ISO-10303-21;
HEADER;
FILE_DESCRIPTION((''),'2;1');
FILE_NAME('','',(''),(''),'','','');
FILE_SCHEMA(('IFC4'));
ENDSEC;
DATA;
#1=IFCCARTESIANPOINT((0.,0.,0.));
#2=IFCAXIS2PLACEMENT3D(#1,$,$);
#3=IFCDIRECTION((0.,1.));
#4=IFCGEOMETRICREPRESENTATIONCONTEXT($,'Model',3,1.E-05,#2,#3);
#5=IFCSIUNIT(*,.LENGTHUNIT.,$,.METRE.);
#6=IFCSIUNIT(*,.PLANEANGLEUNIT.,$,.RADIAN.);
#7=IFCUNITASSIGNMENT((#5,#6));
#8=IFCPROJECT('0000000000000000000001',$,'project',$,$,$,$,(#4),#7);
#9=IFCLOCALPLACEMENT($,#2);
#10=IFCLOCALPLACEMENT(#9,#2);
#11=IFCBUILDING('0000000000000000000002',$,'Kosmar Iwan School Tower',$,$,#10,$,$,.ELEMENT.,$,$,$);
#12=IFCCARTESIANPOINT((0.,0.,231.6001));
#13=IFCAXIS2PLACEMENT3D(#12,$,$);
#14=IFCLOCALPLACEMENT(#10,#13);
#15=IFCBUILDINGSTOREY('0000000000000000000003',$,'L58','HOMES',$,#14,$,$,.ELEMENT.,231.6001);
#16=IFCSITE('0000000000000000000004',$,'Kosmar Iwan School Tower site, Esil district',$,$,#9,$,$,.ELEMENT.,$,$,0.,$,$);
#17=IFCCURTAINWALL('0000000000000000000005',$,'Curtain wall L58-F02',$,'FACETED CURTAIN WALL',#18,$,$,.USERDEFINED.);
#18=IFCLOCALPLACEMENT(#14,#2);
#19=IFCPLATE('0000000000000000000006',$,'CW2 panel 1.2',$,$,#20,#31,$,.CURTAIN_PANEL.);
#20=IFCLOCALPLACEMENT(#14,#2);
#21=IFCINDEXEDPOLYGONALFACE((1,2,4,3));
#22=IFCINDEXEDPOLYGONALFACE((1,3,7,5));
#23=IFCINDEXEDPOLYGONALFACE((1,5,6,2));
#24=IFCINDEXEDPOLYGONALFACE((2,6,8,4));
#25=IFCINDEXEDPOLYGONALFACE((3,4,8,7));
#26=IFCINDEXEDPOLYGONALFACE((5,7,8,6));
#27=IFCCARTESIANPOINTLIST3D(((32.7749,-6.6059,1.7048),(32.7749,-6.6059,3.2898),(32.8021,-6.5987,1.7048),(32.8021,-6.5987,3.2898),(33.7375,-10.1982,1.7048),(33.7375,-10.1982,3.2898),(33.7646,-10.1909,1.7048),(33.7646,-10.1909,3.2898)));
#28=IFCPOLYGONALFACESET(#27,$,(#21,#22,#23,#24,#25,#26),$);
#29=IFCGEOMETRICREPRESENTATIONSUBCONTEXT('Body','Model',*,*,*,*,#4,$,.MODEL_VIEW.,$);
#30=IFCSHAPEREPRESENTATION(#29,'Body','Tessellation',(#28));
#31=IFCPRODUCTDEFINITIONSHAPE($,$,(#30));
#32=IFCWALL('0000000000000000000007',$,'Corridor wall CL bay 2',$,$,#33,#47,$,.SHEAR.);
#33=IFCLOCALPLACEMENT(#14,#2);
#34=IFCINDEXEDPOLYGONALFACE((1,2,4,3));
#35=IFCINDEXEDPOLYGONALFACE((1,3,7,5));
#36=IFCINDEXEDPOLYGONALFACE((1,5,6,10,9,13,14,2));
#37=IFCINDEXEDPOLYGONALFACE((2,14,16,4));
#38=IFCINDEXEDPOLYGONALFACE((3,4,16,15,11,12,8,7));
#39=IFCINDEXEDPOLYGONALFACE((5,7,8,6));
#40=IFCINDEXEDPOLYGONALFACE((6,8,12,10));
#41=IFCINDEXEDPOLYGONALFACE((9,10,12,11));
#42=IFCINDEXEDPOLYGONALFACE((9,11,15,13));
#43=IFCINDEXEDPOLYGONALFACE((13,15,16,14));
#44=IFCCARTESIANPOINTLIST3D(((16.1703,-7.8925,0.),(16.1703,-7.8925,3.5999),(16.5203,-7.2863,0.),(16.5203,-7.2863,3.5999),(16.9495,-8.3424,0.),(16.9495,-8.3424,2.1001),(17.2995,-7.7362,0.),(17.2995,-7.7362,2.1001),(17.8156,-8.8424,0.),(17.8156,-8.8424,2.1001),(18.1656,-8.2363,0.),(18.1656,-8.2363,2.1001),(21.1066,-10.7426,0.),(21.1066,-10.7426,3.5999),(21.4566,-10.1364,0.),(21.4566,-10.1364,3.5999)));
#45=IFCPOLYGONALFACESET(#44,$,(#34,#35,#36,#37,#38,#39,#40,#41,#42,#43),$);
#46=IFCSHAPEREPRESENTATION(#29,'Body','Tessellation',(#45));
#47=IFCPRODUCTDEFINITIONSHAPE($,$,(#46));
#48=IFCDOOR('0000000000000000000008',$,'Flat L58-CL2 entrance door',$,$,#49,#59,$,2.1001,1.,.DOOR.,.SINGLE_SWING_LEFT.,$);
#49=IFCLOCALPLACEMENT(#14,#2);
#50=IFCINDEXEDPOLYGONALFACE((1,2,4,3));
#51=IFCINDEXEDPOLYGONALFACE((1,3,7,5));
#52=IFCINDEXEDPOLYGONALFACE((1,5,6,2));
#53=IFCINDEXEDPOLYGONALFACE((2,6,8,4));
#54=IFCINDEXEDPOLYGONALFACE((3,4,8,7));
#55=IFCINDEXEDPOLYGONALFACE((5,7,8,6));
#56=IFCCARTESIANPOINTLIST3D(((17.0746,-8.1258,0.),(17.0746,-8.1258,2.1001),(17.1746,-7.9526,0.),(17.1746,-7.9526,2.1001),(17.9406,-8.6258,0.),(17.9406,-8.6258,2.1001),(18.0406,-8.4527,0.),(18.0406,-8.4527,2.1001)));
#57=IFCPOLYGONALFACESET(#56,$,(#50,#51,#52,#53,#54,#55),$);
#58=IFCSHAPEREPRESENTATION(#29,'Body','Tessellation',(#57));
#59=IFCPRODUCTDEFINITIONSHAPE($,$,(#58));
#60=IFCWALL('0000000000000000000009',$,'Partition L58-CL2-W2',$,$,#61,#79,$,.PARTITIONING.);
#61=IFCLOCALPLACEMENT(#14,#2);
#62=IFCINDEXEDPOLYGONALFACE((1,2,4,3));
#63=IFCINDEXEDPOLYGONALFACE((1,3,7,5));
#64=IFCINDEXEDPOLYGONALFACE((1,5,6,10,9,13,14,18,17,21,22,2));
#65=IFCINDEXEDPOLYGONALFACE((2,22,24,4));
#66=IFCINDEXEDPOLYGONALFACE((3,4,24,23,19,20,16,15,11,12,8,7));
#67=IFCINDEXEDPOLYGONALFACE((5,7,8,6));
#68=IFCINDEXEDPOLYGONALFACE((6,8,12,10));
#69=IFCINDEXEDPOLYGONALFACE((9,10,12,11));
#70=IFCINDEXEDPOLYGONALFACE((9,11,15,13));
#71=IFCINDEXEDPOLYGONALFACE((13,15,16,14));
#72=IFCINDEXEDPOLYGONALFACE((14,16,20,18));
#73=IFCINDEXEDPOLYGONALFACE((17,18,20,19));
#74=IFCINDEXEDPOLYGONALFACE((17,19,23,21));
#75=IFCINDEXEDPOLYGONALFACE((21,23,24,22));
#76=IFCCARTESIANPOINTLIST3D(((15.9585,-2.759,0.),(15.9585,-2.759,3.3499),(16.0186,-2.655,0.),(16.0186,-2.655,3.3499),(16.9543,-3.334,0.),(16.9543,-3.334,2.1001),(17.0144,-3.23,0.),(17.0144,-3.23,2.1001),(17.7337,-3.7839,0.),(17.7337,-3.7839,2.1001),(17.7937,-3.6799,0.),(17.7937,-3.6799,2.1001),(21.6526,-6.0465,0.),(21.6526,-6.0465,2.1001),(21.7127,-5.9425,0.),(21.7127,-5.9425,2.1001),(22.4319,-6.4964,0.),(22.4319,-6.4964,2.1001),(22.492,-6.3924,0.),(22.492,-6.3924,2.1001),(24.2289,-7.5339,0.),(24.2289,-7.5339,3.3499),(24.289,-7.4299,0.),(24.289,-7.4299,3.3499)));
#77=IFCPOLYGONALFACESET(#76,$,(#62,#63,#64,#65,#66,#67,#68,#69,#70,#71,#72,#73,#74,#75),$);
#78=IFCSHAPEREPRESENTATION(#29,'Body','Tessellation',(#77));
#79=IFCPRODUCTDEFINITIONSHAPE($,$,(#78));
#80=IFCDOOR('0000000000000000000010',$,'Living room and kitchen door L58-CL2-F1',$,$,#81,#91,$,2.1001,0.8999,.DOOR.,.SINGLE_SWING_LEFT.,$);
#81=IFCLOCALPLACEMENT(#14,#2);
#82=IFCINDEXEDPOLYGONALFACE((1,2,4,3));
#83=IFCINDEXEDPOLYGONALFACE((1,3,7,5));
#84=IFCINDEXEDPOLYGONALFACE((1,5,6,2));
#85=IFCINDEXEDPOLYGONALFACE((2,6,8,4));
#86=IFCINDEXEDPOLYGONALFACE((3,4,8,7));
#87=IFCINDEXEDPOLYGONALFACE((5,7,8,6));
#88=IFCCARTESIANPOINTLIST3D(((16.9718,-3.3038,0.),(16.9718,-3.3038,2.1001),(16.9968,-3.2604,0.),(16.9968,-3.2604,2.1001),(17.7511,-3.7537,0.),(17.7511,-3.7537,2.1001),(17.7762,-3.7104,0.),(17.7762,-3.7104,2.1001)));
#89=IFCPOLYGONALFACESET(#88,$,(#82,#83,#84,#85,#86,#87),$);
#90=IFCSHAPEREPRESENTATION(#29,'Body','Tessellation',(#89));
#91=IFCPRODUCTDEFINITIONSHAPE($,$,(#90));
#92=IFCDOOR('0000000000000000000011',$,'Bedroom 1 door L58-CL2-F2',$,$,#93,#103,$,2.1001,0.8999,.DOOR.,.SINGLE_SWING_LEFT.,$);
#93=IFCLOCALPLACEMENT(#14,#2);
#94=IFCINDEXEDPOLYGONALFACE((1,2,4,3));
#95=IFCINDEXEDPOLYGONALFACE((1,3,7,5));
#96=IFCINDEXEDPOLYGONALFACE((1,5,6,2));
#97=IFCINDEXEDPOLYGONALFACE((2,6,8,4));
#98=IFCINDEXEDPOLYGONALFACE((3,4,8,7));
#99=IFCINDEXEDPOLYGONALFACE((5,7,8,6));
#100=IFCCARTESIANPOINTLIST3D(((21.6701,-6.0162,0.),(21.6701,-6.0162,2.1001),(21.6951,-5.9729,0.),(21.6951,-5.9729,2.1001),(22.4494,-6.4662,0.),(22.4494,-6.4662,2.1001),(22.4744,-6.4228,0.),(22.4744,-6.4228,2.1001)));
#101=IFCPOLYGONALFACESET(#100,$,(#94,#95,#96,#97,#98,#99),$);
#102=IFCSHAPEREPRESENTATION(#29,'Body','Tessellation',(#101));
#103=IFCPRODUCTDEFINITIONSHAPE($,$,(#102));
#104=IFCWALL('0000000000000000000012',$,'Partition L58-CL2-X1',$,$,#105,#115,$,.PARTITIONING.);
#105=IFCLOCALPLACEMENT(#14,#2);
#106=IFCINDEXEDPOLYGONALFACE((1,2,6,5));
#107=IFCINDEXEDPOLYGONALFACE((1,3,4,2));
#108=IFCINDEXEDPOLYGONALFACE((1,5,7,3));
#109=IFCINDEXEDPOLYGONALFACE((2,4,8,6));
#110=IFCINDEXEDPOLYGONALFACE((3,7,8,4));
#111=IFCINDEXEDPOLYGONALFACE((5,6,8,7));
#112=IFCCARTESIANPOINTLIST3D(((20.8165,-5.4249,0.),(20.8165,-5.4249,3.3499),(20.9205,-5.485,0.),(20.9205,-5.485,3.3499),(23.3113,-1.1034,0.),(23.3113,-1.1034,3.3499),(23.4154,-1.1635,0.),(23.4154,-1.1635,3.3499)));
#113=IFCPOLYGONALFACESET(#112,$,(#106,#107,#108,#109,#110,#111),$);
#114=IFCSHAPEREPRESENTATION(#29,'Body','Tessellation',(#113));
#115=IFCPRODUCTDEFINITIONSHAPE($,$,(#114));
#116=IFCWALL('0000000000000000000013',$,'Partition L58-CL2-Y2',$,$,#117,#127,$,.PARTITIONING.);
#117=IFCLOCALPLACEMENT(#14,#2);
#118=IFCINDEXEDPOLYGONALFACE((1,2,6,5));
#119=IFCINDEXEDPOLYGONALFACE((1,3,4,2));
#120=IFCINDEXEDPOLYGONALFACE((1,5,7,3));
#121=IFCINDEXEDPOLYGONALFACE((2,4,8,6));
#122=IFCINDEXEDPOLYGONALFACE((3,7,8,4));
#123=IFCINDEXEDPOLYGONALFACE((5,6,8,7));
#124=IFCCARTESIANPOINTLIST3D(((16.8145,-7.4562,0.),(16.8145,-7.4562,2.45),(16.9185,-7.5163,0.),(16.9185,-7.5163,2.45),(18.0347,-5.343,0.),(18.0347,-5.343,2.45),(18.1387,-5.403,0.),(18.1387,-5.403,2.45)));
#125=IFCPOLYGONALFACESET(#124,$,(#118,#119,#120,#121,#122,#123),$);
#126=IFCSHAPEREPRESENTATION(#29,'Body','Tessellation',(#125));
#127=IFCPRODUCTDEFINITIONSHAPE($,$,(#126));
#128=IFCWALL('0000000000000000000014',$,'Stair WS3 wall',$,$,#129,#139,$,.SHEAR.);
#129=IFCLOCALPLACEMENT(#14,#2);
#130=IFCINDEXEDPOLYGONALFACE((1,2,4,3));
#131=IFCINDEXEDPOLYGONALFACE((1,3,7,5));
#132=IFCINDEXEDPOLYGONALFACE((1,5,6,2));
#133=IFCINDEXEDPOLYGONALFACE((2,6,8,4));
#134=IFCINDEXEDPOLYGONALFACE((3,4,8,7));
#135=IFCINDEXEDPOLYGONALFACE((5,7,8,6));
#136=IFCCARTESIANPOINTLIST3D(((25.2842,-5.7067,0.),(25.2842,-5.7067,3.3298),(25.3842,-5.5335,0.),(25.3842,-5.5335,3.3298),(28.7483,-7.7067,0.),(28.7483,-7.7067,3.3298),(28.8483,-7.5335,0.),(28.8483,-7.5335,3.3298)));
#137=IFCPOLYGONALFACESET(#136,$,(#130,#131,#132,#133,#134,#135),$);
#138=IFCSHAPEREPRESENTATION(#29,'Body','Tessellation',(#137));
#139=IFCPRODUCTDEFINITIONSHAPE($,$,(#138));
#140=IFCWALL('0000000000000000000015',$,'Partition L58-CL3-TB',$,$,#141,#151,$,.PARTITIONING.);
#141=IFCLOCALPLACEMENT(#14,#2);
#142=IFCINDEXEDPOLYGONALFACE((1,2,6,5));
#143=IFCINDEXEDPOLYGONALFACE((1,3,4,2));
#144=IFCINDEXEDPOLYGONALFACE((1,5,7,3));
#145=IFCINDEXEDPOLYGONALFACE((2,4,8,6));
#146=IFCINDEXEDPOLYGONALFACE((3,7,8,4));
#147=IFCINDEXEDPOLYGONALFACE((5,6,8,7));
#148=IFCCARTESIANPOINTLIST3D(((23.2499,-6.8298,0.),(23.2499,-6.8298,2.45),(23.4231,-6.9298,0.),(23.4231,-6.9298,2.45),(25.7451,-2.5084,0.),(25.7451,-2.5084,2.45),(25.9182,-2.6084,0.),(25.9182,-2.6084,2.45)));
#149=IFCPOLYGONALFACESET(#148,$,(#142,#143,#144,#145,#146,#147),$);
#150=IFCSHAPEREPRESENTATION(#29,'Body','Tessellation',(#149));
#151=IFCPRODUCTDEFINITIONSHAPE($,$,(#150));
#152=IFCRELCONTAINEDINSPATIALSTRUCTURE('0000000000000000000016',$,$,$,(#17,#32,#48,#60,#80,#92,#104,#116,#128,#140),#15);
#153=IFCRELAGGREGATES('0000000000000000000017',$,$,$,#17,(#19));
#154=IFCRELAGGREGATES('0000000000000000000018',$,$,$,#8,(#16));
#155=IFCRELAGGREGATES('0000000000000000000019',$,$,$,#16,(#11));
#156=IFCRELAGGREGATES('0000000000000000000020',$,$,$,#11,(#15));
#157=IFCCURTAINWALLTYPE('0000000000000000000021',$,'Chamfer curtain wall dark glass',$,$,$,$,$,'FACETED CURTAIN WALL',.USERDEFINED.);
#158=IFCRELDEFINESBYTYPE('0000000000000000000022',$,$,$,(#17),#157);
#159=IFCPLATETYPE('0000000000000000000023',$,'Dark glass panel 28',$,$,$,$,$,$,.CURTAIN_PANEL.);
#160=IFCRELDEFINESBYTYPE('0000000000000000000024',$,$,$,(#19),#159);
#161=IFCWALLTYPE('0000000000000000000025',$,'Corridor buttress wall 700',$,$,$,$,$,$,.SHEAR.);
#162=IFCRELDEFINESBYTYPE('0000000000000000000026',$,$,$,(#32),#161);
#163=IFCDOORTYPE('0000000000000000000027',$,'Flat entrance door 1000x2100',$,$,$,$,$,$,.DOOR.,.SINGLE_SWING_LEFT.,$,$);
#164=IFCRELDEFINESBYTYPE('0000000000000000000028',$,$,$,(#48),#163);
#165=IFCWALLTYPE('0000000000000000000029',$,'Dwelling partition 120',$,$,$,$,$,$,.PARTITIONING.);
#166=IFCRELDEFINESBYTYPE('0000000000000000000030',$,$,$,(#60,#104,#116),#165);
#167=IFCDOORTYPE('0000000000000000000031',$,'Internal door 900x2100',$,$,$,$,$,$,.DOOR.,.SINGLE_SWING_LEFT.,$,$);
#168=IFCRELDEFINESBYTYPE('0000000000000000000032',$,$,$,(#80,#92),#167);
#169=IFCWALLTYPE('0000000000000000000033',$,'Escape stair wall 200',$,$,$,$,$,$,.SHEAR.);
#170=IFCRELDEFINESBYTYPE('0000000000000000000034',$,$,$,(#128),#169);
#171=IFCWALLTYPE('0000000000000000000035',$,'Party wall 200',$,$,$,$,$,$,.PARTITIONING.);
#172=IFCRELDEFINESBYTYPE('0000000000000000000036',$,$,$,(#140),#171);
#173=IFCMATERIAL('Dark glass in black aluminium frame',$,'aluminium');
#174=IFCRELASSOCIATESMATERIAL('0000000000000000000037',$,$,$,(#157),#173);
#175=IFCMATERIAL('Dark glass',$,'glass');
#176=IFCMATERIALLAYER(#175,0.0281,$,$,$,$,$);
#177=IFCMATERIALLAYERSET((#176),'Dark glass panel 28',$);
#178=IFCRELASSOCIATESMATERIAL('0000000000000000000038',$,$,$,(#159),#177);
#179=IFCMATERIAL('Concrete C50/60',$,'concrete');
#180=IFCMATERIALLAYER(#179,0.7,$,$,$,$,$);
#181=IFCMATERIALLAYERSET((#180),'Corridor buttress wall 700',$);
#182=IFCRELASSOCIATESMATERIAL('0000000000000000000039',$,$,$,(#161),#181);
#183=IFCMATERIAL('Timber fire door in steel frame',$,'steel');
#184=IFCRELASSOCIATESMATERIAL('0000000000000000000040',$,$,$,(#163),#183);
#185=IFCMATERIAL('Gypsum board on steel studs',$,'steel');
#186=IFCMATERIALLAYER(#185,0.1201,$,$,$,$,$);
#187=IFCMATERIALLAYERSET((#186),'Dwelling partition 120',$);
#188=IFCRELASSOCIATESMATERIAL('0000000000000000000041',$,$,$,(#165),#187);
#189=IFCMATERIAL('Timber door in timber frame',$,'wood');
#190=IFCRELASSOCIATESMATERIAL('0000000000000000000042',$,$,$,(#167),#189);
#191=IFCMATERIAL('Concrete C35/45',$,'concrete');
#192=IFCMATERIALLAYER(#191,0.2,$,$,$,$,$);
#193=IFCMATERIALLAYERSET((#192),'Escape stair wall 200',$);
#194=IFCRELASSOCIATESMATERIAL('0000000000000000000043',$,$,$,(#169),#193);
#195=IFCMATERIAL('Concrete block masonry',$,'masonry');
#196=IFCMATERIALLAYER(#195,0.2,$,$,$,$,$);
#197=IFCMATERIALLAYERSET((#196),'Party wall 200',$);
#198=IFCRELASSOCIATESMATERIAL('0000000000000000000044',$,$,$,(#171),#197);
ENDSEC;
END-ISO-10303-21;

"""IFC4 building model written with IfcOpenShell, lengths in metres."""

from ifc_helpers import new_model, si_unit, direction, frame, frame_2d, origin, origin_2d, place, context, subcontext, project, spatial, rectangle, extrude, material, layer, layer_set, type_object, element, fill, aggregate, save


model = new_model("IFC4")

# Units and contexts
model_context = context("Model", 3, precision=1e-05, world=origin(), true_north=direction((0.0, 1.0)))
body_context = subcontext(model_context, "Body", "Model", "MODEL_VIEW")
ifc_project = project(units=[si_unit("LENGTHUNIT", "METRE"), si_unit("PLANEANGLEUNIT", "RADIAN")], contexts=[model_context])

# Site, building, storey
site_placement = place(None, origin())
site = spatial("IfcSite", under=ifc_project, at=site_placement, Name="Kosmar Iwan School Tower site, Esil district", CompositionType="ELEMENT", RefElevation=0.0)
building_placement = place(site_placement, origin())
building = spatial("IfcBuilding", under=site, at=building_placement, Name="Kosmar Iwan School Tower", CompositionType="ELEMENT")
storey_placement = place(building_placement, frame((0.0, 0.0, 231.6001)))
storey = spatial("IfcBuildingStorey", under=building, at=storey_placement, Name="L58", Description="HOMES", CompositionType="ELEMENT", Elevation=231.6001)

# Curtain wall
ifc_material_1 = material(Name="Dark glass in black aluminium frame", Category="aluminium")
curtain_wall_type = type_object("IfcCurtainWallType", Name="Chamfer curtain wall dark glass", ElementType="FACETED CURTAIN WALL", PredefinedType="USERDEFINED", material=ifc_material_1)
curtain_wall_placement = place(storey_placement, origin())
curtain_wall = element("IfcCurtainWall", 1, at=curtain_wall_placement, inside=storey, type_object=curtain_wall_type, Name="Curtain wall L58-F02", ObjectType="FACETED CURTAIN WALL", PredefinedType="USERDEFINED")

# Plate
ifc_material_2 = material(Name="Dark glass", Category="glass")
ifc_layer_1 = layer(ifc_material_2, 0.0281)
ifc_layer_set_1 = layer_set([ifc_layer_1], Name="Dark glass panel 28")
plate_type = type_object("IfcPlateType", Name="Dark glass panel 28", PredefinedType="CURTAIN_PANEL", material=ifc_layer_set_1)
plate_placement = place(storey_placement, frame((33.2698, -8.3984, 1.7048), z_axis=(0.0, 0.0, 1.0), x_axis=(-0.258819, 0.965926, 0.0)))
plate = element("IfcPlate", 2, at=plate_placement, type_object=plate_type, Name="CW2 panel 1.2", PredefinedType="CURTAIN_PANEL", context=body_context, shape_type="SweptSolid", body=[
    extrude(rectangle(XDim=3.719, YDim=0.0281, at=origin_2d()), origin(), (0.0, 0.0, 1.0), 1.585),
])
aggregate(curtain_wall, [plate])

# Wall, opening, door
ifc_material_3 = material(Name="Concrete C50/60", Category="concrete")
ifc_layer_2 = layer(ifc_material_3, 0.7)
ifc_layer_set_2 = layer_set([ifc_layer_2], Name="Corridor buttress wall 700")
wall_type_1 = type_object("IfcWallType", Name="Corridor buttress wall 700", PredefinedType="SHEAR", material=ifc_layer_set_2)
wall_1_placement = place(storey_placement, frame((16.3452, -7.5894, 0.0), z_axis=(0.0, 0.0, 1.0), x_axis=(0.866015, -0.500018, 0.0)))
wall_1 = element("IfcWall", 3, at=wall_1_placement, inside=storey, type_object=wall_type_1, Name="Corridor wall CL bay 2", PredefinedType="SHEAR", context=body_context, shape_type="SweptSolid", body=[
    extrude(rectangle(XDim=5.7, YDim=0.7, at=frame_2d((2.8501, 0.0))), origin(), (0.0, 0.0, 1.0), 3.5999),
])
opening_1_placement = place(wall_1_placement, frame((0.8999, 0.0, 0.0)))
opening_1 = element("IfcOpeningElement", 4, at=opening_1_placement, cuts=wall_1, PredefinedType="OPENING", context=body_context, shape_type="SweptSolid", body=[
    extrude(rectangle(XDim=1.0, YDim=2.1001, at=frame_2d((0.5, 1.05))), frame((0.0, 0.3621, 0.0), z_axis=(0.0, -1.0, 0.0), x_axis=(1.0, 0.0, 0.0)), (0.0, 0.0, 1.0), 0.7239),
])
ifc_material_4 = material(Name="Timber fire door in steel frame", Category="steel")
door_type_1 = type_object("IfcDoorType", Name="Flat entrance door 1000x2100", OperationType="SINGLE_SWING_LEFT", PredefinedType="DOOR", material=ifc_material_4)
door_1_placement = place(opening_1_placement, origin())
door_1 = element("IfcDoor", 5, at=door_1_placement, inside=storey, type_object=door_type_1, Name="Flat L58-CL2 entrance door", OperationType="SINGLE_SWING_LEFT", OverallHeight=2.1001, OverallWidth=1.0, PredefinedType="DOOR", context=body_context, shape_type="SweptSolid", body=[
    extrude(rectangle(XDim=1.0, YDim=2.1001, at=frame_2d((0.5, 1.05))), frame((0.0, 0.1001, 0.0), z_axis=(0.0, -1.0, 0.0), x_axis=(1.0, 0.0, 0.0)), (0.0, 0.0, 1.0), 0.2),
])
fill(opening_1, door_1)

# Wall, openings, doors
ifc_material_5 = material(Name="Gypsum board on steel studs", Category="steel")
ifc_layer_3 = layer(ifc_material_5, 0.1201)
ifc_layer_set_3 = layer_set([ifc_layer_3], Name="Dwelling partition 120")
wall_type_2 = type_object("IfcWallType", Name="Dwelling partition 120", PredefinedType="PARTITIONING", material=ifc_layer_set_3)
wall_2_placement = place(storey_placement, frame((15.9885, -2.707, 0.0), z_axis=(0.0, 0.0, 1.0), x_axis=(0.866029, -0.499994, 0.0)))
wall_2 = element("IfcWall", 6, at=wall_2_placement, inside=storey, type_object=wall_type_2, Name="Partition L58-CL2-W2", PredefinedType="PARTITIONING", context=body_context, shape_type="SweptSolid", body=[
    extrude(rectangle(XDim=9.5498, YDim=0.1201, at=frame_2d((4.7749, 0.0))), origin(), (0.0, 0.0, 1.0), 3.3499),
])
opening_2_placement = place(wall_2_placement, frame((1.1499, 0.0, 0.0)))
opening_2 = element("IfcOpeningElement", 7, at=opening_2_placement, cuts=wall_2, PredefinedType="OPENING", context=body_context, shape_type="SweptSolid", body=[
    extrude(rectangle(XDim=0.8999, YDim=2.1001, at=frame_2d((0.45, 1.05))), frame((0.0, 0.072, 0.0), z_axis=(0.0, -1.0, 0.0), x_axis=(1.0, 0.0, 0.0)), (0.0, 0.0, 1.0), 0.144),
])
opening_3_placement = place(wall_2_placement, frame((6.575, 0.0, 0.0)))
opening_3 = element("IfcOpeningElement", 8, at=opening_3_placement, cuts=wall_2, PredefinedType="OPENING", context=body_context, shape_type="SweptSolid", body=[
    extrude(rectangle(XDim=0.8999, YDim=2.1001, at=frame_2d((0.45, 1.05))), frame((0.0, 0.072, 0.0), z_axis=(0.0, -1.0, 0.0), x_axis=(1.0, 0.0, 0.0)), (0.0, 0.0, 1.0), 0.144),
])
ifc_material_6 = material(Name="Timber door in timber frame", Category="wood")
door_type_2 = type_object("IfcDoorType", Name="Internal door 900x2100", OperationType="SINGLE_SWING_LEFT", PredefinedType="DOOR", material=ifc_material_6)
door_2_placement = place(opening_2_placement, origin())
door_2 = element("IfcDoor", 9, at=door_2_placement, inside=storey, type_object=door_type_2, Name="Living room and kitchen door L58-CL2-F1", OperationType="SINGLE_SWING_LEFT", OverallHeight=2.1001, OverallWidth=0.8999, PredefinedType="DOOR", context=body_context, shape_type="SweptSolid", body=[
    extrude(rectangle(XDim=0.8999, YDim=2.1001, at=frame_2d((0.45, 1.05))), frame((0.0, 0.0249, 0.0), z_axis=(0.0, -1.0, 0.0), x_axis=(1.0, 0.0, 0.0)), (0.0, 0.0, 1.0), 0.05),
])
fill(opening_2, door_2)
door_3_placement = place(opening_3_placement, origin())
door_3 = element("IfcDoor", 10, at=door_3_placement, inside=storey, type_object=door_type_2, Name="Bedroom 1 door L58-CL2-F2", OperationType="SINGLE_SWING_LEFT", OverallHeight=2.1001, OverallWidth=0.8999, PredefinedType="DOOR", context=body_context, shape_type="SweptSolid", body=[
    extrude(rectangle(XDim=0.8999, YDim=2.1001, at=frame_2d((0.45, 1.05))), frame((0.0, 0.0249, 0.0), z_axis=(0.0, -1.0, 0.0), x_axis=(1.0, 0.0, 0.0)), (0.0, 0.0, 1.0), 0.05),
])
fill(opening_3, door_3)

# Walls
wall_3_placement = place(storey_placement, frame((20.8684, -5.4551, 0.0), z_axis=(0.0, 0.0, 1.0), x_axis=(0.499975, 0.86604, 0.0)))
element("IfcWall", 11, at=wall_3_placement, inside=storey, type_object=wall_type_2, Name="Partition L58-CL2-X1", PredefinedType="PARTITIONING", context=body_context, shape_type="SweptSolid", body=[
    extrude(rectangle(XDim=4.99, YDim=0.1201, at=frame_2d((2.4951, 0.0))), origin(), (0.0, 0.0, 1.0), 3.3499),
])
wall_4_placement = place(storey_placement, frame((16.8665, -7.4863, 0.0), z_axis=(0.0, 0.0, 1.0), x_axis=(0.500034, 0.866006, 0.0)))
element("IfcWall", 12, at=wall_4_placement, inside=storey, type_object=wall_type_2, Name="Partition L58-CL2-Y2", PredefinedType="PARTITIONING", context=body_context, shape_type="SweptSolid", body=[
    extrude(rectangle(XDim=2.4402, YDim=0.1201, at=frame_2d((1.2202, 0.0))), origin(), (0.0, 0.0, 1.0), 2.45),
])
ifc_material_7 = material(Name="Concrete C35/45", Category="concrete")
ifc_layer_4 = layer(ifc_material_7, 0.2)
ifc_layer_set_4 = layer_set([ifc_layer_4], Name="Escape stair wall 200")
wall_type_3 = type_object("IfcWallType", Name="Escape stair wall 200", PredefinedType="SHEAR", material=ifc_layer_set_4)
wall_5_placement = place(storey_placement, frame((25.3342, -5.6201, 0.0), z_axis=(0.0, 0.0, 1.0), x_axis=(0.866026, -0.499999, 0.0)))
element("IfcWall", 13, at=wall_5_placement, inside=storey, type_object=wall_type_3, Name="Stair WS3 wall", PredefinedType="SHEAR", context=body_context, shape_type="SweptSolid", body=[
    extrude(rectangle(XDim=4.0, YDim=0.2, at=frame_2d((2.0, 0.0))), origin(), (0.0, 0.0, 1.0), 3.3298),
])
ifc_material_8 = material(Name="Concrete block masonry", Category="masonry")
ifc_layer_5 = layer(ifc_material_8, 0.2)
ifc_layer_set_5 = layer_set([ifc_layer_5], Name="Party wall 200")
wall_type_4 = type_object("IfcWallType", Name="Party wall 200", PredefinedType="PARTITIONING", material=ifc_layer_set_5)
wall_6_placement = place(storey_placement, frame((23.3364, -6.8799, 0.0), z_axis=(0.0, 0.0, 1.0), x_axis=(0.500033, 0.866006, 0.0)))
element("IfcWall", 14, at=wall_6_placement, inside=storey, type_object=wall_type_4, Name="Partition L58-CL3-TB", PredefinedType="PARTITIONING", context=body_context, shape_type="SweptSolid", body=[
    extrude(rectangle(XDim=4.99, YDim=0.2, at=frame_2d((2.4951, 0.0))), origin(), (0.0, 0.0, 1.0), 2.45),
])

save(model, "model.ifc")
